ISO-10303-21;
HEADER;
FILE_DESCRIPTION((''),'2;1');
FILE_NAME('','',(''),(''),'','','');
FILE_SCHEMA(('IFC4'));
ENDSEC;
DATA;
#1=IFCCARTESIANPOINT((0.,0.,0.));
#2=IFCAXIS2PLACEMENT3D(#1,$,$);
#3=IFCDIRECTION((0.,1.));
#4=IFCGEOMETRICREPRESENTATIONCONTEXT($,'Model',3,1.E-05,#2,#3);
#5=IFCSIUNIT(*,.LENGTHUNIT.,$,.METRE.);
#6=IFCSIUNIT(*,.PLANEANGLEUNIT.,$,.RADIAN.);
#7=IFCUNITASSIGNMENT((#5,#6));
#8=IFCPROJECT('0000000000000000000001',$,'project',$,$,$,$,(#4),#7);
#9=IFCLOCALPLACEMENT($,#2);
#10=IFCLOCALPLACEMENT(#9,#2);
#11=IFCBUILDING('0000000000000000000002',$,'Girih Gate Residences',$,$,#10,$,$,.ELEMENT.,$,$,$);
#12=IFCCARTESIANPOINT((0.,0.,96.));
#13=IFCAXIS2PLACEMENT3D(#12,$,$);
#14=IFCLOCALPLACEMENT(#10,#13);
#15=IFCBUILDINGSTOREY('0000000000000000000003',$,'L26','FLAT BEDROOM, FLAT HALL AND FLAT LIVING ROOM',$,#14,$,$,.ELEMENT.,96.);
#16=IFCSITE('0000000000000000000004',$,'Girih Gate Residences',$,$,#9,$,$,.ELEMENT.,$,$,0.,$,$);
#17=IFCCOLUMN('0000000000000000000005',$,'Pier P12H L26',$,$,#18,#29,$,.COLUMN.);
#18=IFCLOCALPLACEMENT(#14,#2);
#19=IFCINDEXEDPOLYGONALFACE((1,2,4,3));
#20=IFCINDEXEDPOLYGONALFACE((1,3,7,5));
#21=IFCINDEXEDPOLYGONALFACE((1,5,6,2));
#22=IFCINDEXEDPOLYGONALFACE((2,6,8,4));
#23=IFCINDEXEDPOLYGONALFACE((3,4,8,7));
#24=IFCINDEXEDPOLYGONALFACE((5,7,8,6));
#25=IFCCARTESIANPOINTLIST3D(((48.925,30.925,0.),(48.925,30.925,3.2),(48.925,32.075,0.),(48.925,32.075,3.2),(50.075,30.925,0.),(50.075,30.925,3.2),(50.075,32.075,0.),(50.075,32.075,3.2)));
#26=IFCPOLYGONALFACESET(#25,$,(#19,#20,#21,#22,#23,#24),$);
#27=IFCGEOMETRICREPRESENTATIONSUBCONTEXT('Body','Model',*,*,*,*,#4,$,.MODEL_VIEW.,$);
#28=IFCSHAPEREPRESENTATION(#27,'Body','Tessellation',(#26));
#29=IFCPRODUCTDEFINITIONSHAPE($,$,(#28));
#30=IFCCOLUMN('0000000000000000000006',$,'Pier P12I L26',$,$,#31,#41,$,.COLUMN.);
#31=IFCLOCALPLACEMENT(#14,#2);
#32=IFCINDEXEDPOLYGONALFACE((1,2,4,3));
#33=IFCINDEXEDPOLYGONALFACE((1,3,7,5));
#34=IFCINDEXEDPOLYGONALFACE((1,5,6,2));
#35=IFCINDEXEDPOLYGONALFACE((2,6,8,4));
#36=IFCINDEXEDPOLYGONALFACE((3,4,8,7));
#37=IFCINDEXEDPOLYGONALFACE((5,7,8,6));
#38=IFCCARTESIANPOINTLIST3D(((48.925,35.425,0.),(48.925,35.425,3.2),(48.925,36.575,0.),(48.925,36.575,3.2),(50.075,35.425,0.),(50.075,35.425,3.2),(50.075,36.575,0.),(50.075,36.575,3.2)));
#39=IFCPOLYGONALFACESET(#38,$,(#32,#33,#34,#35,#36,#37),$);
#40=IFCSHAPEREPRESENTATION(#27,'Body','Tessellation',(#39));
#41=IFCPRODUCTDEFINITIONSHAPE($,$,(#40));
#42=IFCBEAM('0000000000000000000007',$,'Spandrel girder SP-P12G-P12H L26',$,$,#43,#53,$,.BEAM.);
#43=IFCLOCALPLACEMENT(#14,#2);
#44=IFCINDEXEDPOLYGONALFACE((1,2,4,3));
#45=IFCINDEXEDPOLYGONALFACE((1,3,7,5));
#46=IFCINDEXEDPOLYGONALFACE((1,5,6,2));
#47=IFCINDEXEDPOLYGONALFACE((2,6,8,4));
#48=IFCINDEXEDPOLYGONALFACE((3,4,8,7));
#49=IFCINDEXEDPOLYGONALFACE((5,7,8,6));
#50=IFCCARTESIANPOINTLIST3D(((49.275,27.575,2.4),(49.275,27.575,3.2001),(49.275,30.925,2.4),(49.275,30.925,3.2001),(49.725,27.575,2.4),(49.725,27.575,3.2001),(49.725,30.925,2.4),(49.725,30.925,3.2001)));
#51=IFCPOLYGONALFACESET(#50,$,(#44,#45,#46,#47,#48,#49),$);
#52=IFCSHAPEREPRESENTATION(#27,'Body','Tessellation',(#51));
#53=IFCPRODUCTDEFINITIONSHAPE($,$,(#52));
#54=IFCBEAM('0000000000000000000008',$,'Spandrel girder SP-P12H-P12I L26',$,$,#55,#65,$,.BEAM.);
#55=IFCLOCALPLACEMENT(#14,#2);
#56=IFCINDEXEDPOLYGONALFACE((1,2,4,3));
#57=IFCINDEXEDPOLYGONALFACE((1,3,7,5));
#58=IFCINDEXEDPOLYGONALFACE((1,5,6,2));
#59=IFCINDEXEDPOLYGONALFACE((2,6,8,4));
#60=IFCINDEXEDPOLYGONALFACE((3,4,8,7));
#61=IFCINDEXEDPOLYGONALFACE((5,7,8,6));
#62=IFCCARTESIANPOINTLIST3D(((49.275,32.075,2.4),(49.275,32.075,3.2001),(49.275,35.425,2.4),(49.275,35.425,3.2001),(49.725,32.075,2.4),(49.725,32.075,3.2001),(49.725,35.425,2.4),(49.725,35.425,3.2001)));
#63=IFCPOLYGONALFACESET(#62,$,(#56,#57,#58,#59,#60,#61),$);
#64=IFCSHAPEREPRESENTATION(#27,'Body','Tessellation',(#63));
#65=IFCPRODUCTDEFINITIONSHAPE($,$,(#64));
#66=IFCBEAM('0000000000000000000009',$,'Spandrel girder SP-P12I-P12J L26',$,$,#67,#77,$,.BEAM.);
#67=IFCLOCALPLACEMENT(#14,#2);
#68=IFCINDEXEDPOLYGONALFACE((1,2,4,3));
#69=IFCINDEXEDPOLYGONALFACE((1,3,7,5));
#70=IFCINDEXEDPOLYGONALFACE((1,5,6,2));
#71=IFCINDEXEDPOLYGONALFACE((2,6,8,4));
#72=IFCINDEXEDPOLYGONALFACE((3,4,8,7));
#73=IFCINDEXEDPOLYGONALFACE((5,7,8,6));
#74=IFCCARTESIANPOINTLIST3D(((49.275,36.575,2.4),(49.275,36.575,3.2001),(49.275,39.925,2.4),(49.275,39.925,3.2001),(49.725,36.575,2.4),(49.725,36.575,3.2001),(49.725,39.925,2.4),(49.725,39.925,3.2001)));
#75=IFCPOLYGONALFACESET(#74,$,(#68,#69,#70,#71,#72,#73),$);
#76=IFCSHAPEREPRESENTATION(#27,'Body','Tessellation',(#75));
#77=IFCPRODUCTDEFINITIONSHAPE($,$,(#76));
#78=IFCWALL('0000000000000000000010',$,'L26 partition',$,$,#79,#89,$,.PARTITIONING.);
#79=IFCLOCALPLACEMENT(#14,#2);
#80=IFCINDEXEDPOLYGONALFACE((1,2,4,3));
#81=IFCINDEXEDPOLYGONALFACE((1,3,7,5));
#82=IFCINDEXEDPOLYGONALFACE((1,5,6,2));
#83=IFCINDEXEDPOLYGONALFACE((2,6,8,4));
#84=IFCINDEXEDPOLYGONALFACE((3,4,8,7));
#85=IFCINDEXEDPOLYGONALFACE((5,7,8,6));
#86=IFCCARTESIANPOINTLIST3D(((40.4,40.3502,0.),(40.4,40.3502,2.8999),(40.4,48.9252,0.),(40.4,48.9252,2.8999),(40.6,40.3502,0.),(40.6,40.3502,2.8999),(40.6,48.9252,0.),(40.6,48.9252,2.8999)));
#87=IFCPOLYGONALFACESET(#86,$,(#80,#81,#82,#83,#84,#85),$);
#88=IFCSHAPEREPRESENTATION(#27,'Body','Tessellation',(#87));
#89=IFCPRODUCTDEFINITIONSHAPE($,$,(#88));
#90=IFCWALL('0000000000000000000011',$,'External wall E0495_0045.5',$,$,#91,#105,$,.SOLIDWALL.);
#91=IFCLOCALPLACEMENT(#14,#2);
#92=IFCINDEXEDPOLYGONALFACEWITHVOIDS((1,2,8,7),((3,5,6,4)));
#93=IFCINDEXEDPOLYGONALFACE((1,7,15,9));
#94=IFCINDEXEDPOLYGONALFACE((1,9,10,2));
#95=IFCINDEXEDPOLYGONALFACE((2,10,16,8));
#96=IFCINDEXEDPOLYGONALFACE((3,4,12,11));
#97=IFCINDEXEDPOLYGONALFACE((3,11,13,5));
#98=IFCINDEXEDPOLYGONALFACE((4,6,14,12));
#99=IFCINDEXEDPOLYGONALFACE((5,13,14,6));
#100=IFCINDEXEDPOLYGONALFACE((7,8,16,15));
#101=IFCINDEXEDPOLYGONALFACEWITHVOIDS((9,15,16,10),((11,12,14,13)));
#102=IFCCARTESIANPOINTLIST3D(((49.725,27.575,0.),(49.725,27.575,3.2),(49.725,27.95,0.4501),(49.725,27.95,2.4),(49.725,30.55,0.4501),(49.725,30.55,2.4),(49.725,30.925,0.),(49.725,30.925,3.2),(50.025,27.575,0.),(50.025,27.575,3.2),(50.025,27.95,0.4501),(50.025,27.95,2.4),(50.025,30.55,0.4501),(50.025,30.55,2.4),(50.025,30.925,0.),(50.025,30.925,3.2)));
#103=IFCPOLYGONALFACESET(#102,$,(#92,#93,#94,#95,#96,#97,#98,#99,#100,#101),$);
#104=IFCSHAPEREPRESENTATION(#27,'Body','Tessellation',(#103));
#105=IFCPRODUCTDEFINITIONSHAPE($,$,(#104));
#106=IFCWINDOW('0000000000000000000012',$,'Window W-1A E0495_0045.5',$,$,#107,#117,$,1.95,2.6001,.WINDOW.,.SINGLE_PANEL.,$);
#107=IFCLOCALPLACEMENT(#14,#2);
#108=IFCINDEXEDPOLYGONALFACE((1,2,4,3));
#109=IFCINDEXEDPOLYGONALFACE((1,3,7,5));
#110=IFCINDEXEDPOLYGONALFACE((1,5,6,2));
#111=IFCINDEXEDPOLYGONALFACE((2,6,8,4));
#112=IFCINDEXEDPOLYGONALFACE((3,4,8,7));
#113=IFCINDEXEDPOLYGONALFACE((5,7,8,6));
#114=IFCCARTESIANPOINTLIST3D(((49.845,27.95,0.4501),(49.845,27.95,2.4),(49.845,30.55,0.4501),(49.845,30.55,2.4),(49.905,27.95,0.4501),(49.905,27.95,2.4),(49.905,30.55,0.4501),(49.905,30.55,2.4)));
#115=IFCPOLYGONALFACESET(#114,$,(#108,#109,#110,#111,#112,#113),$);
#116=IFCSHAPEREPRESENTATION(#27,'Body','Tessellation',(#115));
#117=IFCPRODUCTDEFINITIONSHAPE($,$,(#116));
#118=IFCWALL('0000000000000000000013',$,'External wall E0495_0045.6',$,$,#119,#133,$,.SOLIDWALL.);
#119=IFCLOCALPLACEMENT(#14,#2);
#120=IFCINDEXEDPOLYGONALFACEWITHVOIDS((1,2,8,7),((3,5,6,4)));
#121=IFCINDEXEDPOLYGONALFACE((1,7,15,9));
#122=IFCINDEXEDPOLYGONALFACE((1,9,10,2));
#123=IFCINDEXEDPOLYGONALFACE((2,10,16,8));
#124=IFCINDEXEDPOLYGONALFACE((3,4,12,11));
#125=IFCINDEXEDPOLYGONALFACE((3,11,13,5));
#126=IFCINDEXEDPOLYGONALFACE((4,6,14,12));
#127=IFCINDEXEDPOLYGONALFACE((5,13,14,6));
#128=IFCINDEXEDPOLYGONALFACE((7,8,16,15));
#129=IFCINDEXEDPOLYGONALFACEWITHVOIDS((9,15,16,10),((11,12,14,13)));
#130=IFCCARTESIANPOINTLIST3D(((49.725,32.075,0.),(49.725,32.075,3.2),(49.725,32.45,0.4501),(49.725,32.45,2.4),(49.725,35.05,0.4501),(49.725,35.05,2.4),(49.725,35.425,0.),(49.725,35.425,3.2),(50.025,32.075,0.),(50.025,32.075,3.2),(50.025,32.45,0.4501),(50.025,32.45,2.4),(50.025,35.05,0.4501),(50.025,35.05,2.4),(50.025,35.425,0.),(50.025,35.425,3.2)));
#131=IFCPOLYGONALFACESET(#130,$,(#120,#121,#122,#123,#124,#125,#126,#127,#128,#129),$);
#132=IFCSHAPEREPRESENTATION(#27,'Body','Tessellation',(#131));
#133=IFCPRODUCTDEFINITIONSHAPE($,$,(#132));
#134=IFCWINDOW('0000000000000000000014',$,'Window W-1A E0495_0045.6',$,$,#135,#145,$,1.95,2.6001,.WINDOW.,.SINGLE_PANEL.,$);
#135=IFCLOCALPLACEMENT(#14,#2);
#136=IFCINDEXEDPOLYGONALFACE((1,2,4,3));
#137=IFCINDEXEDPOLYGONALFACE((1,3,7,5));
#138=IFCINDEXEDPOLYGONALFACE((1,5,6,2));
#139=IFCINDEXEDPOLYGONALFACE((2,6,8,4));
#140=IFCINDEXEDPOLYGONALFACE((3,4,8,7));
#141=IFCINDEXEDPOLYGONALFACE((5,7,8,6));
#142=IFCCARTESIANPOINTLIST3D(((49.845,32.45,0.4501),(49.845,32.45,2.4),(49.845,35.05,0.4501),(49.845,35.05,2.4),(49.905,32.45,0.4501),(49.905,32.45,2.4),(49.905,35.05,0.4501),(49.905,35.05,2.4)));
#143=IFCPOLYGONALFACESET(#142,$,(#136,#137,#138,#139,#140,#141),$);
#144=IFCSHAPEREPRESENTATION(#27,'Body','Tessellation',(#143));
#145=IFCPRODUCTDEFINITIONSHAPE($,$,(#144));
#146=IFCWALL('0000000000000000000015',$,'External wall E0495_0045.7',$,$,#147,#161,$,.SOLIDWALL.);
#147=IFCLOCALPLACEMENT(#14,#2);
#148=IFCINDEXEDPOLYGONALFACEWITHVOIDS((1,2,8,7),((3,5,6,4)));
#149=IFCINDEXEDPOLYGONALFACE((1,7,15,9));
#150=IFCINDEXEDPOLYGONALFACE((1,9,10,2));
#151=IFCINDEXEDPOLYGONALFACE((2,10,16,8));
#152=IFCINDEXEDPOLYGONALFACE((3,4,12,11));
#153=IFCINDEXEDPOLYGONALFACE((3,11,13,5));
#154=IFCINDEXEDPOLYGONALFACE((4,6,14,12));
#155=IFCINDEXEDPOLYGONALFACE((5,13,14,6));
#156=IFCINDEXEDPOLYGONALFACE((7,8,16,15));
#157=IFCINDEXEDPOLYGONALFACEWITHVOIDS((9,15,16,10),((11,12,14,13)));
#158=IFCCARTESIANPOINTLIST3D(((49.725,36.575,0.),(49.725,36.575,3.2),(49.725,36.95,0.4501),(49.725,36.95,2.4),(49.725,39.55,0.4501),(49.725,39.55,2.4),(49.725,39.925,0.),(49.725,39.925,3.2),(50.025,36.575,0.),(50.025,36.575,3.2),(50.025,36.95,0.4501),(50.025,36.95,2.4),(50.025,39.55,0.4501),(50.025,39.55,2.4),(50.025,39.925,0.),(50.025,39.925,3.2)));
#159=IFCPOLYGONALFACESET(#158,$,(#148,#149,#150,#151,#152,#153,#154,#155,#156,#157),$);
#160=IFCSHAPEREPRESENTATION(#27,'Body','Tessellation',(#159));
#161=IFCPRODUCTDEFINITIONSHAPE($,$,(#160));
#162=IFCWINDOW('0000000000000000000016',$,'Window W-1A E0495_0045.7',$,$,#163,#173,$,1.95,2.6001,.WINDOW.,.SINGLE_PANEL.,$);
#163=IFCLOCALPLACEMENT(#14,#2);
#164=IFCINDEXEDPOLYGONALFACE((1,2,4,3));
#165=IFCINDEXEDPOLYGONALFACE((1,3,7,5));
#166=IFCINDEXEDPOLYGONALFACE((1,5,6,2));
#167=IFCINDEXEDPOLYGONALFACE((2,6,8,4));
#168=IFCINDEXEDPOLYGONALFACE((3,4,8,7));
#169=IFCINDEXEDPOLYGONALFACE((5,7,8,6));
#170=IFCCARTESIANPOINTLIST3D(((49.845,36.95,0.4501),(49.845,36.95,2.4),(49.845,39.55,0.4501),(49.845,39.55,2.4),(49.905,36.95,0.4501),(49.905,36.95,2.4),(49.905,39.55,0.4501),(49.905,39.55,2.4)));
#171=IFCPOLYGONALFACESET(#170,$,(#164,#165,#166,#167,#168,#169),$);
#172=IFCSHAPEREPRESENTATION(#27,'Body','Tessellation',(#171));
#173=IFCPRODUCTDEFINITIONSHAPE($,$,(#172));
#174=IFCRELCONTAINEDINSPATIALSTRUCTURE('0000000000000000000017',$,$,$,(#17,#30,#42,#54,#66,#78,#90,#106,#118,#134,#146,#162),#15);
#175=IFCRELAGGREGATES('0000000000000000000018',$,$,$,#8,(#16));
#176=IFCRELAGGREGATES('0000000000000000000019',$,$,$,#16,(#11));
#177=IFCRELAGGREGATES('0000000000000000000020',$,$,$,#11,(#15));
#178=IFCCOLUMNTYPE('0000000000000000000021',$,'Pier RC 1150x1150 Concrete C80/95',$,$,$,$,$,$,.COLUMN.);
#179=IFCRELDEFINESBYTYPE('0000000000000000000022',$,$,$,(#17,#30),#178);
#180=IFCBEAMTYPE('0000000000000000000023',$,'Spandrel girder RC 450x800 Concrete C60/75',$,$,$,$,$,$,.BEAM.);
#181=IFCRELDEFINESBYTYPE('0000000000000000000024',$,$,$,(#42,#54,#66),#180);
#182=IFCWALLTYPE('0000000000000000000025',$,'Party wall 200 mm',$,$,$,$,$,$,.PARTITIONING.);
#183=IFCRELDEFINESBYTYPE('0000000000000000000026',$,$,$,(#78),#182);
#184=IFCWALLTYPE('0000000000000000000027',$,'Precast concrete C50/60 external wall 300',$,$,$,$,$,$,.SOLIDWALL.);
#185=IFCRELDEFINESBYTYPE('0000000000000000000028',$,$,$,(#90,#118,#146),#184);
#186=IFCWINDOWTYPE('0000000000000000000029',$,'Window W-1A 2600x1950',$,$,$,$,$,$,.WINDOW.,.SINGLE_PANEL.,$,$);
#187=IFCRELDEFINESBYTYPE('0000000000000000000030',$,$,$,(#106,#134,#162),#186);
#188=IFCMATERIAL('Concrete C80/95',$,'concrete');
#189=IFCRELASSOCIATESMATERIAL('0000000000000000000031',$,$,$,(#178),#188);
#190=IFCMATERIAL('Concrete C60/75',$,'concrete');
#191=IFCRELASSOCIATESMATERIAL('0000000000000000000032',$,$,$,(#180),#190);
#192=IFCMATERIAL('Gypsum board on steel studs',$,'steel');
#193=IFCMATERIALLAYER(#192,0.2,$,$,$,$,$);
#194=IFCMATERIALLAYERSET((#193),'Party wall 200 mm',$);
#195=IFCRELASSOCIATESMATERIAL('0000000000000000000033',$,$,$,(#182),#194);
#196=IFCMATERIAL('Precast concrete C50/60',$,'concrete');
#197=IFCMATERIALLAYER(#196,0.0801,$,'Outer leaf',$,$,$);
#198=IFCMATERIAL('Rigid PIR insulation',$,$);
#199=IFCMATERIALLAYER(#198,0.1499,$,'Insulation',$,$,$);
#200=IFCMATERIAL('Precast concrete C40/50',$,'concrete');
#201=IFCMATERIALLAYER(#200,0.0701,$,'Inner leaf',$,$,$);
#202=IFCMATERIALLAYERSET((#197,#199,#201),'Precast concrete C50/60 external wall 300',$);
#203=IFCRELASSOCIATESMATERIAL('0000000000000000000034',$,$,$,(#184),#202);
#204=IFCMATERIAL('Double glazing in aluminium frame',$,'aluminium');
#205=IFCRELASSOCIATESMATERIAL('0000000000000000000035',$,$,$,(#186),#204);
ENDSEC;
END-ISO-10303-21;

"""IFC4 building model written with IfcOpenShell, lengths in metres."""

from ifc_helpers import new_model, si_unit, direction, frame, frame_2d, origin, origin_2d, place, context, subcontext, project, spatial, rectangle, extrude, material, layer, layer_set, material_profile, profile_set, type_object, element, fill, save


model = new_model("IFC4")

# Units and contexts
model_context = context("Model", 3, precision=1e-05, world=origin(), true_north=direction((0.0, 1.0)))
body_context = subcontext(model_context, "Body", "Model", "MODEL_VIEW")
ifc_project = project(units=[si_unit("LENGTHUNIT", "METRE"), si_unit("PLANEANGLEUNIT", "RADIAN")], contexts=[model_context])

# Site, building, storey
site_placement = place(None, origin())
site = spatial("IfcSite", under=ifc_project, at=site_placement, Name="Girih Gate Residences", CompositionType="ELEMENT", RefElevation=0.0)
building_placement = place(site_placement, origin())
building = spatial("IfcBuilding", under=site, at=building_placement, Name="Girih Gate Residences", CompositionType="ELEMENT")
storey_placement = place(building_placement, frame((0.0, 0.0, 96.0)))
storey = spatial("IfcBuildingStorey", under=building, at=storey_placement, Name="L26", Description="FLAT BEDROOM, FLAT HALL AND FLAT LIVING ROOM", CompositionType="ELEMENT", Elevation=96.0)

# Columns
ifc_material_1 = material(Name="Concrete C80/95", Category="concrete")
ifc_material_profile_1 = material_profile(ifc_material_1, rectangle(XDim=1.1499, YDim=1.1499, at=origin_2d()))
ifc_profile_set_1 = profile_set([ifc_material_profile_1], Name="Concrete C80/95")
column_type = type_object("IfcColumnType", Name="Pier RC 1150x1150 Concrete C80/95", PredefinedType="COLUMN", material=ifc_profile_set_1)
for number, where, z_axis, x_axis, name in (
    (1, (49.5, 31.5, 0.0), (0.0, 0.0, 1.0), (1.0, 0.0, 0.0), "Pier P12H L26"),
    (2, (49.5, 36.0, 0.0), (0.0, 0.0, 1.0), (1.0, 0.0, 0.0), "Pier P12I L26"),
):
    element("IfcColumn", number, at=place(storey_placement, frame(where, z_axis=z_axis, x_axis=x_axis)), inside=storey, type_object=column_type, Name=name, PredefinedType="COLUMN", context=body_context, shape_type="SweptSolid", body=[
        extrude(rectangle(XDim=1.1499, YDim=1.1499, at=origin_2d()), origin(), (0.0, 0.0, 1.0), 3.2),
    ])

# Beams
ifc_material_2 = material(Name="Concrete C60/75", Category="concrete")
ifc_material_profile_2 = material_profile(ifc_material_2, rectangle(XDim=0.45, YDim=0.8, at=origin_2d()))
ifc_profile_set_2 = profile_set([ifc_material_profile_2], Name="Concrete C60/75")
beam_type = type_object("IfcBeamType", Name="Spandrel girder RC 450x800 Concrete C60/75", PredefinedType="BEAM", material=ifc_profile_set_2)
for number, where, z_axis, x_axis, name in (
    (3, (49.5, 27.575, 2.8), (0.0, 1.0, 0.0), (-1.0, 0.0, 0.0), "Spandrel girder SP-P12G-P12H L26"),
    (4, (49.5, 32.075, 2.8), (0.0, 1.0, 0.0), (-1.0, 0.0, 0.0), "Spandrel girder SP-P12H-P12I L26"),
    (5, (49.5, 36.575, 2.8), (0.0, 1.0, 0.0), (-1.0, 0.0, 0.0), "Spandrel girder SP-P12I-P12J L26"),
):
    element("IfcBeam", number, at=place(storey_placement, frame(where, z_axis=z_axis, x_axis=x_axis)), inside=storey, type_object=beam_type, Name=name, PredefinedType="BEAM", context=body_context, shape_type="SweptSolid", body=[
        extrude(rectangle(XDim=0.45, YDim=0.8, at=origin_2d()), origin(), (0.0, 0.0, 1.0), 3.3501),
    ])

# Wall
ifc_material_3 = material(Name="Gypsum board on steel studs", Category="steel")
ifc_layer_1 = layer(ifc_material_3, 0.2)
ifc_layer_set_1 = layer_set([ifc_layer_1], Name="Party wall 200 mm")
wall_type_1 = type_object("IfcWallType", Name="Party wall 200 mm", PredefinedType="PARTITIONING", material=ifc_layer_set_1)
wall_1_placement = place(storey_placement, frame((40.5, 40.3501, 0.0), z_axis=(0.0, 0.0, 1.0), x_axis=(0.0, 1.0, 0.0)))
element("IfcWall", 6, at=wall_1_placement, inside=storey, type_object=wall_type_1, Name="L26 partition", PredefinedType="PARTITIONING", context=body_context, shape_type="SweptSolid", body=[
    extrude(rectangle(XDim=8.575, YDim=0.2, at=frame_2d((4.2876, 0.0))), origin(), (0.0, 0.0, 1.0), 2.8999),
])

# Walls, openings, windows
ifc_material_4 = material(Name="Precast concrete C50/60", Category="concrete")
ifc_layer_2 = layer(ifc_material_4, 0.0801, Name="Outer leaf")
ifc_material_5 = material(Name="Rigid PIR insulation")
ifc_layer_3 = layer(ifc_material_5, 0.1499, Name="Insulation")
ifc_material_6 = material(Name="Precast concrete C40/50", Category="concrete")
ifc_layer_4 = layer(ifc_material_6, 0.0701, Name="Inner leaf")
ifc_layer_set_2 = layer_set([ifc_layer_2, ifc_layer_3, ifc_layer_4], Name="Precast concrete C50/60 external wall 300")
wall_type_2 = type_object("IfcWallType", Name="Precast concrete C50/60 external wall 300", PredefinedType="SOLIDWALL", material=ifc_layer_set_2)
wall_2_placement = place(storey_placement, frame((49.875, 30.925, 0.0), z_axis=(0.0, 0.0, 1.0), x_axis=(0.0, -1.0, 0.0)))
wall_2 = element("IfcWall", 7, at=wall_2_placement, inside=storey, type_object=wall_type_2, Name="External wall E0495_0045.5", PredefinedType="SOLIDWALL", context=body_context, shape_type="SweptSolid", body=[
    extrude(rectangle(XDim=3.3501, YDim=0.3, at=frame_2d((1.675, 0.0))), origin(), (0.0, 0.0, 1.0), 3.2),
])
opening_1_placement = place(wall_2_placement, frame((0.375, 0.0, 0.45)))
opening_1 = element("IfcOpeningElement", 8, at=opening_1_placement, cuts=wall_2, PredefinedType="OPENING", context=body_context, shape_type="SweptSolid", body=[
    extrude(rectangle(XDim=2.6001, YDim=1.95, at=frame_2d((1.3, 0.9751))), frame((0.0, 0.1599, 0.0), z_axis=(0.0, -1.0, 0.0), x_axis=(1.0, 0.0, 0.0)), (0.0, 0.0, 1.0), 0.3201),
])
ifc_material_7 = material(Name="Double glazing in aluminium frame", Category="aluminium")
window_type = type_object("IfcWindowType", Name="Window W-1A 2600x1950", PartitioningType="SINGLE_PANEL", PredefinedType="WINDOW", material=ifc_material_7)
window_1_placement = place(opening_1_placement, origin())
window_1 = element("IfcWindow", 9, at=window_1_placement, inside=storey, type_object=window_type, Name="Window W-1A E0495_0045.5", OverallHeight=1.95, OverallWidth=2.6001, PartitioningType="SINGLE_PANEL", PredefinedType="WINDOW", context=body_context, shape_type="SweptSolid", body=[
    extrude(rectangle(XDim=2.6001, YDim=1.95, at=frame_2d((1.3, 0.9751))), frame((0.0, 0.03, 0.0), z_axis=(0.0, -1.0, 0.0), x_axis=(1.0, 0.0, 0.0)), (0.0, 0.0, 1.0), 0.0601),
])
fill(opening_1, window_1)
wall_3_placement = place(storey_placement, frame((49.875, 35.425, 0.0), z_axis=(0.0, 0.0, 1.0), x_axis=(0.0, -1.0, 0.0)))
wall_3 = element("IfcWall", 10, at=wall_3_placement, inside=storey, type_object=wall_type_2, Name="External wall E0495_0045.6", PredefinedType="SOLIDWALL", context=body_context, shape_type="SweptSolid", body=[
    extrude(rectangle(XDim=3.3501, YDim=0.3, at=frame_2d((1.675, 0.0))), origin(), (0.0, 0.0, 1.0), 3.2),
])
opening_2_placement = place(wall_3_placement, frame((0.375, 0.0, 0.45)))
opening_2 = element("IfcOpeningElement", 11, at=opening_2_placement, cuts=wall_3, PredefinedType="OPENING", context=body_context, shape_type="SweptSolid", body=[
    extrude(rectangle(XDim=2.6001, YDim=1.95, at=frame_2d((1.3, 0.9751))), frame((0.0, 0.1599, 0.0), z_axis=(0.0, -1.0, 0.0), x_axis=(1.0, 0.0, 0.0)), (0.0, 0.0, 1.0), 0.3201),
])
window_2_placement = place(opening_2_placement, origin())
window_2 = element("IfcWindow", 12, at=window_2_placement, inside=storey, type_object=window_type, Name="Window W-1A E0495_0045.6", OverallHeight=1.95, OverallWidth=2.6001, PartitioningType="SINGLE_PANEL", PredefinedType="WINDOW", context=body_context, shape_type="SweptSolid", body=[
    extrude(rectangle(XDim=2.6001, YDim=1.95, at=frame_2d((1.3, 0.9751))), frame((0.0, 0.03, 0.0), z_axis=(0.0, -1.0, 0.0), x_axis=(1.0, 0.0, 0.0)), (0.0, 0.0, 1.0), 0.0601),
])
fill(opening_2, window_2)
wall_4_placement = place(storey_placement, frame((49.875, 39.925, 0.0), z_axis=(0.0, 0.0, 1.0), x_axis=(0.0, -1.0, 0.0)))
wall_4 = element("IfcWall", 13, at=wall_4_placement, inside=storey, type_object=wall_type_2, Name="External wall E0495_0045.7", PredefinedType="SOLIDWALL", context=body_context, shape_type="SweptSolid", body=[
    extrude(rectangle(XDim=3.3501, YDim=0.3, at=frame_2d((1.675, 0.0))), origin(), (0.0, 0.0, 1.0), 3.2),
])
opening_3_placement = place(wall_4_placement, frame((0.375, 0.0, 0.45)))
opening_3 = element("IfcOpeningElement", 14, at=opening_3_placement, cuts=wall_4, PredefinedType="OPENING", context=body_context, shape_type="SweptSolid", body=[
    extrude(rectangle(XDim=2.6001, YDim=1.95, at=frame_2d((1.3, 0.9751))), frame((0.0, 0.1599, 0.0), z_axis=(0.0, -1.0, 0.0), x_axis=(1.0, 0.0, 0.0)), (0.0, 0.0, 1.0), 0.3201),
])
window_3_placement = place(opening_3_placement, origin())
window_3 = element("IfcWindow", 15, at=window_3_placement, inside=storey, type_object=window_type, Name="Window W-1A E0495_0045.7", OverallHeight=1.95, OverallWidth=2.6001, PartitioningType="SINGLE_PANEL", PredefinedType="WINDOW", context=body_context, shape_type="SweptSolid", body=[
    extrude(rectangle(XDim=2.6001, YDim=1.95, at=frame_2d((1.3, 0.9751))), frame((0.0, 0.03, 0.0), z_axis=(0.0, -1.0, 0.0), x_axis=(1.0, 0.0, 0.0)), (0.0, 0.0, 1.0), 0.0601),
])
fill(opening_3, window_3)

save(model, "model.ifc")
